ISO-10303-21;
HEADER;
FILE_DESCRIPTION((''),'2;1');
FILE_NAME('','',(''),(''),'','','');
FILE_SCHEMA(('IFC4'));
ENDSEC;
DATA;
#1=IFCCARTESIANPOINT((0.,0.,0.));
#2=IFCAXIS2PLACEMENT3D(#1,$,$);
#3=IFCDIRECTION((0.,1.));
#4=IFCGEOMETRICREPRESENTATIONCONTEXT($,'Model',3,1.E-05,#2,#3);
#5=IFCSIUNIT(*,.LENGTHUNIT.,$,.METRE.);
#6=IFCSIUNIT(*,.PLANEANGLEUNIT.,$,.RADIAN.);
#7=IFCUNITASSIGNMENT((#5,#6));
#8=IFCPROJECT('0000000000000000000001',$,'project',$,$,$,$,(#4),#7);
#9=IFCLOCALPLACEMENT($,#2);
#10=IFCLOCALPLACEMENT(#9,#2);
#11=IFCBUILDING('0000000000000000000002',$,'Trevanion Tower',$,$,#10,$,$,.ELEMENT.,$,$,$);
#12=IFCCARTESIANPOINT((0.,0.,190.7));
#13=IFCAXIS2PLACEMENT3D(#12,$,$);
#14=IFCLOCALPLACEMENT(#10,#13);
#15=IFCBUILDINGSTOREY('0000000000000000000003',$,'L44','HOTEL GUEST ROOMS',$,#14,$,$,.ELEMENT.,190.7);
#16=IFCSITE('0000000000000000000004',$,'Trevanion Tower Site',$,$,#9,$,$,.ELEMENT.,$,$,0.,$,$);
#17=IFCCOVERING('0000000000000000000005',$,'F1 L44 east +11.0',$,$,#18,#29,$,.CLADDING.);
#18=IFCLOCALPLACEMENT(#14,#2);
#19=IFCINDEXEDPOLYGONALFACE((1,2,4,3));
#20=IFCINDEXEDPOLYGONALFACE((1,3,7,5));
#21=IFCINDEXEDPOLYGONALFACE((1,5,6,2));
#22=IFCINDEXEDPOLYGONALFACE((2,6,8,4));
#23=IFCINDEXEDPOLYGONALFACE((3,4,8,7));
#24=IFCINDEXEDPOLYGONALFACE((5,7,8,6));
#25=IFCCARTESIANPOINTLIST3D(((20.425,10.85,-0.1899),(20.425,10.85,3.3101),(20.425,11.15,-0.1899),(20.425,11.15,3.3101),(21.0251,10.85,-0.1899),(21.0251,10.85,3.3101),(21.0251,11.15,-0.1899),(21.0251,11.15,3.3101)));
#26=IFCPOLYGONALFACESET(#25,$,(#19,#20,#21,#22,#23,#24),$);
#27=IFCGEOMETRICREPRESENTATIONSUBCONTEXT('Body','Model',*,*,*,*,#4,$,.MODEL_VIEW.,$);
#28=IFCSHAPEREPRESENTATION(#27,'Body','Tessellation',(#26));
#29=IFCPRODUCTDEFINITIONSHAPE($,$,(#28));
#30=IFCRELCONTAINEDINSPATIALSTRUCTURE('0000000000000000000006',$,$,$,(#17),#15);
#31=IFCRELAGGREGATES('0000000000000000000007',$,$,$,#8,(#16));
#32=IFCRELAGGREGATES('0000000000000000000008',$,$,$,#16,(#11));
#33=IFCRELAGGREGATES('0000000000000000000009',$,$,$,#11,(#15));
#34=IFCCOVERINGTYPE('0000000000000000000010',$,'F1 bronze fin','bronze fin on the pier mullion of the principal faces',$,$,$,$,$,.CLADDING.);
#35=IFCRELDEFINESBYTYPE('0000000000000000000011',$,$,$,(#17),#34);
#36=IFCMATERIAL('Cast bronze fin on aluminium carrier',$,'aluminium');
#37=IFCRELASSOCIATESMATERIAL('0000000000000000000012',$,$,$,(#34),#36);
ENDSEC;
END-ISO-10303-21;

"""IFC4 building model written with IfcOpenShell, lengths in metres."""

from ifc_helpers import new_model, si_unit, direction, frame, origin, origin_2d, place, context, subcontext, project, spatial, rectangle, extrude, material, type_object, element, save


model = new_model("IFC4")

# Units and contexts
model_context = context("Model", 3, precision=1e-05, world=origin(), true_north=direction((0.0, 1.0)))
body_context = subcontext(model_context, "Body", "Model", "MODEL_VIEW")
ifc_project = project(units=[si_unit("LENGTHUNIT", "METRE"), si_unit("PLANEANGLEUNIT", "RADIAN")], contexts=[model_context])

# Site, building, storey
site_placement = place(None, origin())
site = spatial("IfcSite", under=ifc_project, at=site_placement, Name="Trevanion Tower Site", CompositionType="ELEMENT", RefElevation=0.0)
building_placement = place(site_placement, origin())
building = spatial("IfcBuilding", under=site, at=building_placement, Name="Trevanion Tower", CompositionType="ELEMENT")
storey_placement = place(building_placement, frame((0.0, 0.0, 190.7)))
storey = spatial("IfcBuildingStorey", under=building, at=storey_placement, Name="L44", Description="HOTEL GUEST ROOMS", CompositionType="ELEMENT", Elevation=190.7)

# Covering
ifc_material_1 = material(Name="Cast bronze fin on aluminium carrier", Category="aluminium")
covering_type = type_object("IfcCoveringType", Name="F1 bronze fin", Description="bronze fin on the pier mullion of the principal faces", PredefinedType="CLADDING", material=ifc_material_1)
covering_placement = place(storey_placement, frame((20.7251, 11.0, -0.1899), z_axis=(0.0, 0.0, 1.0), x_axis=(0.0, 1.0, 0.0)))
element("IfcCovering", 1, at=covering_placement, inside=storey, type_object=covering_type, Name="F1 L44 east +11.0", PredefinedType="CLADDING", context=body_context, shape_type="SweptSolid", body=[
    extrude(rectangle(XDim=0.3, YDim=0.6001, at=origin_2d()), origin(), (0.0, 0.0, 1.0), 3.5),
])

save(model, "model.ifc")
